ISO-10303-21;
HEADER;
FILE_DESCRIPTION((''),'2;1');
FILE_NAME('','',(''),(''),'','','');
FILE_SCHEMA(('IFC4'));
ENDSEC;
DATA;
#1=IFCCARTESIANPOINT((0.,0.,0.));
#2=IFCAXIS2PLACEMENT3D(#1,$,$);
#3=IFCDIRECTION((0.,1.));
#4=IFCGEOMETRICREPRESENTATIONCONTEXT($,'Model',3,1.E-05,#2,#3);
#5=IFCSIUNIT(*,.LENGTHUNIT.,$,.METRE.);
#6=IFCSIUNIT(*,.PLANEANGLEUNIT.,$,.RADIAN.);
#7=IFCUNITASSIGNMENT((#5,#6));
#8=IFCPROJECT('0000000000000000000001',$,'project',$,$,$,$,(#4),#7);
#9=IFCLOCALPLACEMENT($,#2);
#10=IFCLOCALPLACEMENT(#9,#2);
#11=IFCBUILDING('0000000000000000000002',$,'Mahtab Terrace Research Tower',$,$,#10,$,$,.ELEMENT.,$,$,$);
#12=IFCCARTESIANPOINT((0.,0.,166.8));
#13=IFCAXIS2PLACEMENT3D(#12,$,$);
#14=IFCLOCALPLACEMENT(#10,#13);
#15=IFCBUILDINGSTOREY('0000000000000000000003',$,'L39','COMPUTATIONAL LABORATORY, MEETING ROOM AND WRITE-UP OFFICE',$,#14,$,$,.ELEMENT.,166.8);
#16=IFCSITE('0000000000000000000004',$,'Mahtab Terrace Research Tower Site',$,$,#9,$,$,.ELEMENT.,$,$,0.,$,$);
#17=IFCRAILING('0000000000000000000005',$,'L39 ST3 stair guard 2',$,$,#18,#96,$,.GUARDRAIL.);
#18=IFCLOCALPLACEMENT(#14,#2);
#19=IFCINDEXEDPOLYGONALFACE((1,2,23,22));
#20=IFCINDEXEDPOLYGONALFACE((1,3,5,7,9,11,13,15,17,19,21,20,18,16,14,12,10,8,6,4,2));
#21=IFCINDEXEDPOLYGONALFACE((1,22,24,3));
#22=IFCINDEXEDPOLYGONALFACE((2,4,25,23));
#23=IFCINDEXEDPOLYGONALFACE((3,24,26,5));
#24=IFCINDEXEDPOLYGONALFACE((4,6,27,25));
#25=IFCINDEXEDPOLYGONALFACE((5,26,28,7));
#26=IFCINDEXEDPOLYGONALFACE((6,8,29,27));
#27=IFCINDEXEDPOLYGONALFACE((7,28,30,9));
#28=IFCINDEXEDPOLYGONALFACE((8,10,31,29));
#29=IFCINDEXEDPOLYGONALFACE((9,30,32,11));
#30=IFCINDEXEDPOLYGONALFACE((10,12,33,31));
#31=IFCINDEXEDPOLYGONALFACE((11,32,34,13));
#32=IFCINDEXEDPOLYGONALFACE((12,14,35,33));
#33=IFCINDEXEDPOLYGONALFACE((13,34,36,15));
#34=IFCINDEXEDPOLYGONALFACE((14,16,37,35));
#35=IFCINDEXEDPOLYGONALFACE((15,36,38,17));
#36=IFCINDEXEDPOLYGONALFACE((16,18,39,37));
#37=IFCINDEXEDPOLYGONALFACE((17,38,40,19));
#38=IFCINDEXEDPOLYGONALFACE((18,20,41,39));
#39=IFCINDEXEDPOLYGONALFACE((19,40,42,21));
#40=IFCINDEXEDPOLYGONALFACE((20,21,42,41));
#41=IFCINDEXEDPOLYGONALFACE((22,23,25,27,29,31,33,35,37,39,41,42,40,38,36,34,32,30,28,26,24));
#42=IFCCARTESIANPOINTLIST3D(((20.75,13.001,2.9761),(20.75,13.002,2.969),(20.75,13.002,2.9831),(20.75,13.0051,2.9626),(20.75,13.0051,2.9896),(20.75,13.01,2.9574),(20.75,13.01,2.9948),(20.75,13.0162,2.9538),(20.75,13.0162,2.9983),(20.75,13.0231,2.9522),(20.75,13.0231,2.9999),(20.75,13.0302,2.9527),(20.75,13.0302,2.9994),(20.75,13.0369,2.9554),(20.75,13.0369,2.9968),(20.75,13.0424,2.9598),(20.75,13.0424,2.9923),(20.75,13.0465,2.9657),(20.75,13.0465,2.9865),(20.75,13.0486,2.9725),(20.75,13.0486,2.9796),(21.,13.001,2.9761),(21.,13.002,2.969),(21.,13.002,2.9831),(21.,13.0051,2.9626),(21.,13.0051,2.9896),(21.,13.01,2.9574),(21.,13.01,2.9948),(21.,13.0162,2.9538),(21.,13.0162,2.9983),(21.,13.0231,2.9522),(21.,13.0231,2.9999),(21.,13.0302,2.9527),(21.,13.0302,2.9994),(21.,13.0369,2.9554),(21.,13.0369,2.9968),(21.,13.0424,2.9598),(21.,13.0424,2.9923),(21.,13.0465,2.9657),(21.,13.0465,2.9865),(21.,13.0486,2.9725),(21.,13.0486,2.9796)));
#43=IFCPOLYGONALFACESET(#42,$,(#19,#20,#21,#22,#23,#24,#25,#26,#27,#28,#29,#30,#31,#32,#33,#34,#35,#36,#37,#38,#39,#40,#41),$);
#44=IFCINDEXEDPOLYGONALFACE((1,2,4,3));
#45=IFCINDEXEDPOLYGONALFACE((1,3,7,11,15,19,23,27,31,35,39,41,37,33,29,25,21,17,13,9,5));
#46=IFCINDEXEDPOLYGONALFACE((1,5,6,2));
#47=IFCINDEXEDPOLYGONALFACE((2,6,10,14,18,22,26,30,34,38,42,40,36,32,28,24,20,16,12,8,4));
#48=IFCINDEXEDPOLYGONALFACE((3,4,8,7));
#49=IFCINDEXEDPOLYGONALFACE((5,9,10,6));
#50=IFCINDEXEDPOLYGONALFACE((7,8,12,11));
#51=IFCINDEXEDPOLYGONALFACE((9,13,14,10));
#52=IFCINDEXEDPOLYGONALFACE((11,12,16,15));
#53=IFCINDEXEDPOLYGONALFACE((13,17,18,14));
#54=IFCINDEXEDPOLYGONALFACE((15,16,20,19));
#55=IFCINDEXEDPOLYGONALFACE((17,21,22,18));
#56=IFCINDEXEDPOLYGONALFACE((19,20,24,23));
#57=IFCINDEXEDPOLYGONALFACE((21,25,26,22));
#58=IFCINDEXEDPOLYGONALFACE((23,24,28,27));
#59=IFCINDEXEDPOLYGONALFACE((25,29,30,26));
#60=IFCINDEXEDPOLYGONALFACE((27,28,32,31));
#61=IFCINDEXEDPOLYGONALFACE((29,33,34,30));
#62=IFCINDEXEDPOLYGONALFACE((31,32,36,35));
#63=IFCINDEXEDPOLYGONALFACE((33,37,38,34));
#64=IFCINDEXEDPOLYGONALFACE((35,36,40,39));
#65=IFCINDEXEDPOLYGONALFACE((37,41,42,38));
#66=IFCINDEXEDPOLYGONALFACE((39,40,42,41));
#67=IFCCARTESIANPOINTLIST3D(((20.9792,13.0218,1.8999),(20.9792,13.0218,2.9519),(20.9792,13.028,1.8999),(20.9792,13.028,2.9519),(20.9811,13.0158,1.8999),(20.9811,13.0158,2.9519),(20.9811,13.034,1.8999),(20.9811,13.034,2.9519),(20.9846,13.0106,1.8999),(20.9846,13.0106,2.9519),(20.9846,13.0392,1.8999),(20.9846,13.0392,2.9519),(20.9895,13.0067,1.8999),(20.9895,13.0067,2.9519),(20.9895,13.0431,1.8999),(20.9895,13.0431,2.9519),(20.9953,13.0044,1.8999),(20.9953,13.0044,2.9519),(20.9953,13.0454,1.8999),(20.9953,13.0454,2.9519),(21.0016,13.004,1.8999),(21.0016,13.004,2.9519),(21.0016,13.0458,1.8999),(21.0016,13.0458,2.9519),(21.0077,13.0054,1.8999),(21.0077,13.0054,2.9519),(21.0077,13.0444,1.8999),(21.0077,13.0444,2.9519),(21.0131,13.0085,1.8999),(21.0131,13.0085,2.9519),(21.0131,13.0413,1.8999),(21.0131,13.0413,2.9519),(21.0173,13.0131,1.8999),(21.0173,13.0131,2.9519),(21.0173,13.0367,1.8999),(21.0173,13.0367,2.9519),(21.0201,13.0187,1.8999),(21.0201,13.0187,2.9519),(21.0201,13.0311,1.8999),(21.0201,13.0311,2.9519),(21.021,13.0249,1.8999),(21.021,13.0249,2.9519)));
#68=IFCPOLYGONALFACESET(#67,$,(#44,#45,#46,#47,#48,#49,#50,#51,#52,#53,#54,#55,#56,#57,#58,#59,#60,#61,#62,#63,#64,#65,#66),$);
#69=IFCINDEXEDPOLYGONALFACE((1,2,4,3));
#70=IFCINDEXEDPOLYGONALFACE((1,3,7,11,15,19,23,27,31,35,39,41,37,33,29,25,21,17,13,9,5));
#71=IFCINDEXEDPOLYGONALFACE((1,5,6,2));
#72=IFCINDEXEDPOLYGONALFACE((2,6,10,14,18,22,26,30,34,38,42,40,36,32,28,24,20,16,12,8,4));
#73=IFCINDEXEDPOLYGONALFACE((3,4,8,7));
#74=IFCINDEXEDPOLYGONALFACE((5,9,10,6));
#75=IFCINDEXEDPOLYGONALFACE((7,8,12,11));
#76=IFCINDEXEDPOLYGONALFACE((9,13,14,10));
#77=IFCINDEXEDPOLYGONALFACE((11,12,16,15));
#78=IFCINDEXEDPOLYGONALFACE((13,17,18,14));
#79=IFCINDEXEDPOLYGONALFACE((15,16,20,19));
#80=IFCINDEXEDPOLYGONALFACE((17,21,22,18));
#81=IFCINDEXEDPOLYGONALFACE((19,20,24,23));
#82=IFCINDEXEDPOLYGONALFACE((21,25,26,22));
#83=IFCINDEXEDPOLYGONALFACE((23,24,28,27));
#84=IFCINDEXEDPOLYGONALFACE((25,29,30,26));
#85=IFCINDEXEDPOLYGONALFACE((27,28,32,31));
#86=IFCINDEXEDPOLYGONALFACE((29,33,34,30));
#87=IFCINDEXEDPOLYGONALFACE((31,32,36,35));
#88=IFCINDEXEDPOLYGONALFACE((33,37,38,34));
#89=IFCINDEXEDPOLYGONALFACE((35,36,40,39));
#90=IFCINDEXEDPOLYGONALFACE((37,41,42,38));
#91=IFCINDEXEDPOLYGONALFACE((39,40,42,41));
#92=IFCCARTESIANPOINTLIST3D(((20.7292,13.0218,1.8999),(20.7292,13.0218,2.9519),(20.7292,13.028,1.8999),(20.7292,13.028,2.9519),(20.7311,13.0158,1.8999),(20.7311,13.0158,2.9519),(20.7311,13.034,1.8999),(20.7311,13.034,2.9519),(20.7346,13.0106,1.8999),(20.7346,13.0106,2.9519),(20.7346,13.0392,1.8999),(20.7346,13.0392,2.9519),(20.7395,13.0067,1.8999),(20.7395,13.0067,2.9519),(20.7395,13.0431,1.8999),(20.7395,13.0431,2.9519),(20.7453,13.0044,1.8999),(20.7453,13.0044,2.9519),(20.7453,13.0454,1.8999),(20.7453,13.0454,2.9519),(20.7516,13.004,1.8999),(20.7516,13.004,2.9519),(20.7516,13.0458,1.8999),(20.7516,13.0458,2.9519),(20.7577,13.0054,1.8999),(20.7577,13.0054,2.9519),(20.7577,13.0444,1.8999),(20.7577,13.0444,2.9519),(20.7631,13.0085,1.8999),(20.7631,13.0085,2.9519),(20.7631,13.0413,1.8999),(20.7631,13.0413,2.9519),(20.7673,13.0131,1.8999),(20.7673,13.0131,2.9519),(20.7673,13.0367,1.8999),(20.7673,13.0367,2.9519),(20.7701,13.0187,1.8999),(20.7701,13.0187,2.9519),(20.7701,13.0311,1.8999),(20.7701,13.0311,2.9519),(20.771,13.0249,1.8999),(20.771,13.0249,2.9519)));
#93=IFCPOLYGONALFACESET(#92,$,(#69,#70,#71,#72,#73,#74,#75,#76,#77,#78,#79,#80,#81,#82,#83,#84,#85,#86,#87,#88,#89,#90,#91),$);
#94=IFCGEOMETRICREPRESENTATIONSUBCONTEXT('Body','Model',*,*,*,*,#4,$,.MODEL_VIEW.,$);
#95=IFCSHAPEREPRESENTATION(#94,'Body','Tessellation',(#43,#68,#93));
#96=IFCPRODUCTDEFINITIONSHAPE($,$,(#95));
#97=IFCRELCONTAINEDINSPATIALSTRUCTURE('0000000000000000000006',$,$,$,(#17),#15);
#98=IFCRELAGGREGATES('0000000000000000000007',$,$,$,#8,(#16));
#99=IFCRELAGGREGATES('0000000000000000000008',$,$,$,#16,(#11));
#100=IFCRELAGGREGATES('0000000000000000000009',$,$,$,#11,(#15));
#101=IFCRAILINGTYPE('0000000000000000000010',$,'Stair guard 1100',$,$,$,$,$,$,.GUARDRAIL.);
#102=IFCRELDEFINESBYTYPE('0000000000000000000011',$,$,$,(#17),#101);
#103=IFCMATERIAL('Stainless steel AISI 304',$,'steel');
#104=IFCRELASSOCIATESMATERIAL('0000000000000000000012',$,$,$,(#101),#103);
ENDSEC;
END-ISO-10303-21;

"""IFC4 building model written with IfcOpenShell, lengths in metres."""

from ifc_helpers import new_model, si_unit, direction, frame, origin, origin_2d, place, context, subcontext, project, spatial, circle, extrude, material, type_object, element, save


model = new_model("IFC4")

# Units and contexts
model_context = context("Model", 3, precision=1e-05, world=origin(), true_north=direction((0.0, 1.0)))
body_context = subcontext(model_context, "Body", "Model", "MODEL_VIEW")
ifc_project = project(units=[si_unit("LENGTHUNIT", "METRE"), si_unit("PLANEANGLEUNIT", "RADIAN")], contexts=[model_context])

# Site, building, storey
site_placement = place(None, origin())
site = spatial("IfcSite", under=ifc_project, at=site_placement, Name="Mahtab Terrace Research Tower Site", CompositionType="ELEMENT", RefElevation=0.0)
building_placement = place(site_placement, origin())
building = spatial("IfcBuilding", under=site, at=building_placement, Name="Mahtab Terrace Research Tower", CompositionType="ELEMENT")
storey_placement = place(building_placement, frame((0.0, 0.0, 166.8)))
storey = spatial("IfcBuildingStorey", under=building, at=storey_placement, Name="L39", Description="COMPUTATIONAL LABORATORY, MEETING ROOM AND WRITE-UP OFFICE", CompositionType="ELEMENT", Elevation=166.8)

# Railing
ifc_material_1 = material(Name="Stainless steel AISI 304", Category="steel")
railing_type_1 = type_object("IfcRailingType", Name="Stair guard 1100", PredefinedType="GUARDRAIL", material=ifc_material_1)
railing_1_placement = place(storey_placement, frame((21.0, 13.0249, 1.8999)))
element("IfcRailing", 1, at=railing_1_placement, inside=storey, type_object=railing_type_1, Name="L39 ST3 stair guard 2", PredefinedType="GUARDRAIL", context=body_context, shape_type="SweptSolid", body=[
    extrude(circle(Radius=0.0239, at=origin_2d()), frame((0.0, 0.0, 1.0762), z_axis=(-1.0, 0.0, 0.0), x_axis=(0.0, -1.0, 0.0)), (0.0, 0.0, 1.0), 0.25),
    extrude(circle(Radius=0.021, at=origin_2d()), origin(), (0.0, 0.0, 1.0), 1.052),
    extrude(circle(Radius=0.021, at=origin_2d()), frame((-0.25, 0.0, 0.0)), (0.0, 0.0, 1.0), 1.052),
])

save(model, "model.ifc")
